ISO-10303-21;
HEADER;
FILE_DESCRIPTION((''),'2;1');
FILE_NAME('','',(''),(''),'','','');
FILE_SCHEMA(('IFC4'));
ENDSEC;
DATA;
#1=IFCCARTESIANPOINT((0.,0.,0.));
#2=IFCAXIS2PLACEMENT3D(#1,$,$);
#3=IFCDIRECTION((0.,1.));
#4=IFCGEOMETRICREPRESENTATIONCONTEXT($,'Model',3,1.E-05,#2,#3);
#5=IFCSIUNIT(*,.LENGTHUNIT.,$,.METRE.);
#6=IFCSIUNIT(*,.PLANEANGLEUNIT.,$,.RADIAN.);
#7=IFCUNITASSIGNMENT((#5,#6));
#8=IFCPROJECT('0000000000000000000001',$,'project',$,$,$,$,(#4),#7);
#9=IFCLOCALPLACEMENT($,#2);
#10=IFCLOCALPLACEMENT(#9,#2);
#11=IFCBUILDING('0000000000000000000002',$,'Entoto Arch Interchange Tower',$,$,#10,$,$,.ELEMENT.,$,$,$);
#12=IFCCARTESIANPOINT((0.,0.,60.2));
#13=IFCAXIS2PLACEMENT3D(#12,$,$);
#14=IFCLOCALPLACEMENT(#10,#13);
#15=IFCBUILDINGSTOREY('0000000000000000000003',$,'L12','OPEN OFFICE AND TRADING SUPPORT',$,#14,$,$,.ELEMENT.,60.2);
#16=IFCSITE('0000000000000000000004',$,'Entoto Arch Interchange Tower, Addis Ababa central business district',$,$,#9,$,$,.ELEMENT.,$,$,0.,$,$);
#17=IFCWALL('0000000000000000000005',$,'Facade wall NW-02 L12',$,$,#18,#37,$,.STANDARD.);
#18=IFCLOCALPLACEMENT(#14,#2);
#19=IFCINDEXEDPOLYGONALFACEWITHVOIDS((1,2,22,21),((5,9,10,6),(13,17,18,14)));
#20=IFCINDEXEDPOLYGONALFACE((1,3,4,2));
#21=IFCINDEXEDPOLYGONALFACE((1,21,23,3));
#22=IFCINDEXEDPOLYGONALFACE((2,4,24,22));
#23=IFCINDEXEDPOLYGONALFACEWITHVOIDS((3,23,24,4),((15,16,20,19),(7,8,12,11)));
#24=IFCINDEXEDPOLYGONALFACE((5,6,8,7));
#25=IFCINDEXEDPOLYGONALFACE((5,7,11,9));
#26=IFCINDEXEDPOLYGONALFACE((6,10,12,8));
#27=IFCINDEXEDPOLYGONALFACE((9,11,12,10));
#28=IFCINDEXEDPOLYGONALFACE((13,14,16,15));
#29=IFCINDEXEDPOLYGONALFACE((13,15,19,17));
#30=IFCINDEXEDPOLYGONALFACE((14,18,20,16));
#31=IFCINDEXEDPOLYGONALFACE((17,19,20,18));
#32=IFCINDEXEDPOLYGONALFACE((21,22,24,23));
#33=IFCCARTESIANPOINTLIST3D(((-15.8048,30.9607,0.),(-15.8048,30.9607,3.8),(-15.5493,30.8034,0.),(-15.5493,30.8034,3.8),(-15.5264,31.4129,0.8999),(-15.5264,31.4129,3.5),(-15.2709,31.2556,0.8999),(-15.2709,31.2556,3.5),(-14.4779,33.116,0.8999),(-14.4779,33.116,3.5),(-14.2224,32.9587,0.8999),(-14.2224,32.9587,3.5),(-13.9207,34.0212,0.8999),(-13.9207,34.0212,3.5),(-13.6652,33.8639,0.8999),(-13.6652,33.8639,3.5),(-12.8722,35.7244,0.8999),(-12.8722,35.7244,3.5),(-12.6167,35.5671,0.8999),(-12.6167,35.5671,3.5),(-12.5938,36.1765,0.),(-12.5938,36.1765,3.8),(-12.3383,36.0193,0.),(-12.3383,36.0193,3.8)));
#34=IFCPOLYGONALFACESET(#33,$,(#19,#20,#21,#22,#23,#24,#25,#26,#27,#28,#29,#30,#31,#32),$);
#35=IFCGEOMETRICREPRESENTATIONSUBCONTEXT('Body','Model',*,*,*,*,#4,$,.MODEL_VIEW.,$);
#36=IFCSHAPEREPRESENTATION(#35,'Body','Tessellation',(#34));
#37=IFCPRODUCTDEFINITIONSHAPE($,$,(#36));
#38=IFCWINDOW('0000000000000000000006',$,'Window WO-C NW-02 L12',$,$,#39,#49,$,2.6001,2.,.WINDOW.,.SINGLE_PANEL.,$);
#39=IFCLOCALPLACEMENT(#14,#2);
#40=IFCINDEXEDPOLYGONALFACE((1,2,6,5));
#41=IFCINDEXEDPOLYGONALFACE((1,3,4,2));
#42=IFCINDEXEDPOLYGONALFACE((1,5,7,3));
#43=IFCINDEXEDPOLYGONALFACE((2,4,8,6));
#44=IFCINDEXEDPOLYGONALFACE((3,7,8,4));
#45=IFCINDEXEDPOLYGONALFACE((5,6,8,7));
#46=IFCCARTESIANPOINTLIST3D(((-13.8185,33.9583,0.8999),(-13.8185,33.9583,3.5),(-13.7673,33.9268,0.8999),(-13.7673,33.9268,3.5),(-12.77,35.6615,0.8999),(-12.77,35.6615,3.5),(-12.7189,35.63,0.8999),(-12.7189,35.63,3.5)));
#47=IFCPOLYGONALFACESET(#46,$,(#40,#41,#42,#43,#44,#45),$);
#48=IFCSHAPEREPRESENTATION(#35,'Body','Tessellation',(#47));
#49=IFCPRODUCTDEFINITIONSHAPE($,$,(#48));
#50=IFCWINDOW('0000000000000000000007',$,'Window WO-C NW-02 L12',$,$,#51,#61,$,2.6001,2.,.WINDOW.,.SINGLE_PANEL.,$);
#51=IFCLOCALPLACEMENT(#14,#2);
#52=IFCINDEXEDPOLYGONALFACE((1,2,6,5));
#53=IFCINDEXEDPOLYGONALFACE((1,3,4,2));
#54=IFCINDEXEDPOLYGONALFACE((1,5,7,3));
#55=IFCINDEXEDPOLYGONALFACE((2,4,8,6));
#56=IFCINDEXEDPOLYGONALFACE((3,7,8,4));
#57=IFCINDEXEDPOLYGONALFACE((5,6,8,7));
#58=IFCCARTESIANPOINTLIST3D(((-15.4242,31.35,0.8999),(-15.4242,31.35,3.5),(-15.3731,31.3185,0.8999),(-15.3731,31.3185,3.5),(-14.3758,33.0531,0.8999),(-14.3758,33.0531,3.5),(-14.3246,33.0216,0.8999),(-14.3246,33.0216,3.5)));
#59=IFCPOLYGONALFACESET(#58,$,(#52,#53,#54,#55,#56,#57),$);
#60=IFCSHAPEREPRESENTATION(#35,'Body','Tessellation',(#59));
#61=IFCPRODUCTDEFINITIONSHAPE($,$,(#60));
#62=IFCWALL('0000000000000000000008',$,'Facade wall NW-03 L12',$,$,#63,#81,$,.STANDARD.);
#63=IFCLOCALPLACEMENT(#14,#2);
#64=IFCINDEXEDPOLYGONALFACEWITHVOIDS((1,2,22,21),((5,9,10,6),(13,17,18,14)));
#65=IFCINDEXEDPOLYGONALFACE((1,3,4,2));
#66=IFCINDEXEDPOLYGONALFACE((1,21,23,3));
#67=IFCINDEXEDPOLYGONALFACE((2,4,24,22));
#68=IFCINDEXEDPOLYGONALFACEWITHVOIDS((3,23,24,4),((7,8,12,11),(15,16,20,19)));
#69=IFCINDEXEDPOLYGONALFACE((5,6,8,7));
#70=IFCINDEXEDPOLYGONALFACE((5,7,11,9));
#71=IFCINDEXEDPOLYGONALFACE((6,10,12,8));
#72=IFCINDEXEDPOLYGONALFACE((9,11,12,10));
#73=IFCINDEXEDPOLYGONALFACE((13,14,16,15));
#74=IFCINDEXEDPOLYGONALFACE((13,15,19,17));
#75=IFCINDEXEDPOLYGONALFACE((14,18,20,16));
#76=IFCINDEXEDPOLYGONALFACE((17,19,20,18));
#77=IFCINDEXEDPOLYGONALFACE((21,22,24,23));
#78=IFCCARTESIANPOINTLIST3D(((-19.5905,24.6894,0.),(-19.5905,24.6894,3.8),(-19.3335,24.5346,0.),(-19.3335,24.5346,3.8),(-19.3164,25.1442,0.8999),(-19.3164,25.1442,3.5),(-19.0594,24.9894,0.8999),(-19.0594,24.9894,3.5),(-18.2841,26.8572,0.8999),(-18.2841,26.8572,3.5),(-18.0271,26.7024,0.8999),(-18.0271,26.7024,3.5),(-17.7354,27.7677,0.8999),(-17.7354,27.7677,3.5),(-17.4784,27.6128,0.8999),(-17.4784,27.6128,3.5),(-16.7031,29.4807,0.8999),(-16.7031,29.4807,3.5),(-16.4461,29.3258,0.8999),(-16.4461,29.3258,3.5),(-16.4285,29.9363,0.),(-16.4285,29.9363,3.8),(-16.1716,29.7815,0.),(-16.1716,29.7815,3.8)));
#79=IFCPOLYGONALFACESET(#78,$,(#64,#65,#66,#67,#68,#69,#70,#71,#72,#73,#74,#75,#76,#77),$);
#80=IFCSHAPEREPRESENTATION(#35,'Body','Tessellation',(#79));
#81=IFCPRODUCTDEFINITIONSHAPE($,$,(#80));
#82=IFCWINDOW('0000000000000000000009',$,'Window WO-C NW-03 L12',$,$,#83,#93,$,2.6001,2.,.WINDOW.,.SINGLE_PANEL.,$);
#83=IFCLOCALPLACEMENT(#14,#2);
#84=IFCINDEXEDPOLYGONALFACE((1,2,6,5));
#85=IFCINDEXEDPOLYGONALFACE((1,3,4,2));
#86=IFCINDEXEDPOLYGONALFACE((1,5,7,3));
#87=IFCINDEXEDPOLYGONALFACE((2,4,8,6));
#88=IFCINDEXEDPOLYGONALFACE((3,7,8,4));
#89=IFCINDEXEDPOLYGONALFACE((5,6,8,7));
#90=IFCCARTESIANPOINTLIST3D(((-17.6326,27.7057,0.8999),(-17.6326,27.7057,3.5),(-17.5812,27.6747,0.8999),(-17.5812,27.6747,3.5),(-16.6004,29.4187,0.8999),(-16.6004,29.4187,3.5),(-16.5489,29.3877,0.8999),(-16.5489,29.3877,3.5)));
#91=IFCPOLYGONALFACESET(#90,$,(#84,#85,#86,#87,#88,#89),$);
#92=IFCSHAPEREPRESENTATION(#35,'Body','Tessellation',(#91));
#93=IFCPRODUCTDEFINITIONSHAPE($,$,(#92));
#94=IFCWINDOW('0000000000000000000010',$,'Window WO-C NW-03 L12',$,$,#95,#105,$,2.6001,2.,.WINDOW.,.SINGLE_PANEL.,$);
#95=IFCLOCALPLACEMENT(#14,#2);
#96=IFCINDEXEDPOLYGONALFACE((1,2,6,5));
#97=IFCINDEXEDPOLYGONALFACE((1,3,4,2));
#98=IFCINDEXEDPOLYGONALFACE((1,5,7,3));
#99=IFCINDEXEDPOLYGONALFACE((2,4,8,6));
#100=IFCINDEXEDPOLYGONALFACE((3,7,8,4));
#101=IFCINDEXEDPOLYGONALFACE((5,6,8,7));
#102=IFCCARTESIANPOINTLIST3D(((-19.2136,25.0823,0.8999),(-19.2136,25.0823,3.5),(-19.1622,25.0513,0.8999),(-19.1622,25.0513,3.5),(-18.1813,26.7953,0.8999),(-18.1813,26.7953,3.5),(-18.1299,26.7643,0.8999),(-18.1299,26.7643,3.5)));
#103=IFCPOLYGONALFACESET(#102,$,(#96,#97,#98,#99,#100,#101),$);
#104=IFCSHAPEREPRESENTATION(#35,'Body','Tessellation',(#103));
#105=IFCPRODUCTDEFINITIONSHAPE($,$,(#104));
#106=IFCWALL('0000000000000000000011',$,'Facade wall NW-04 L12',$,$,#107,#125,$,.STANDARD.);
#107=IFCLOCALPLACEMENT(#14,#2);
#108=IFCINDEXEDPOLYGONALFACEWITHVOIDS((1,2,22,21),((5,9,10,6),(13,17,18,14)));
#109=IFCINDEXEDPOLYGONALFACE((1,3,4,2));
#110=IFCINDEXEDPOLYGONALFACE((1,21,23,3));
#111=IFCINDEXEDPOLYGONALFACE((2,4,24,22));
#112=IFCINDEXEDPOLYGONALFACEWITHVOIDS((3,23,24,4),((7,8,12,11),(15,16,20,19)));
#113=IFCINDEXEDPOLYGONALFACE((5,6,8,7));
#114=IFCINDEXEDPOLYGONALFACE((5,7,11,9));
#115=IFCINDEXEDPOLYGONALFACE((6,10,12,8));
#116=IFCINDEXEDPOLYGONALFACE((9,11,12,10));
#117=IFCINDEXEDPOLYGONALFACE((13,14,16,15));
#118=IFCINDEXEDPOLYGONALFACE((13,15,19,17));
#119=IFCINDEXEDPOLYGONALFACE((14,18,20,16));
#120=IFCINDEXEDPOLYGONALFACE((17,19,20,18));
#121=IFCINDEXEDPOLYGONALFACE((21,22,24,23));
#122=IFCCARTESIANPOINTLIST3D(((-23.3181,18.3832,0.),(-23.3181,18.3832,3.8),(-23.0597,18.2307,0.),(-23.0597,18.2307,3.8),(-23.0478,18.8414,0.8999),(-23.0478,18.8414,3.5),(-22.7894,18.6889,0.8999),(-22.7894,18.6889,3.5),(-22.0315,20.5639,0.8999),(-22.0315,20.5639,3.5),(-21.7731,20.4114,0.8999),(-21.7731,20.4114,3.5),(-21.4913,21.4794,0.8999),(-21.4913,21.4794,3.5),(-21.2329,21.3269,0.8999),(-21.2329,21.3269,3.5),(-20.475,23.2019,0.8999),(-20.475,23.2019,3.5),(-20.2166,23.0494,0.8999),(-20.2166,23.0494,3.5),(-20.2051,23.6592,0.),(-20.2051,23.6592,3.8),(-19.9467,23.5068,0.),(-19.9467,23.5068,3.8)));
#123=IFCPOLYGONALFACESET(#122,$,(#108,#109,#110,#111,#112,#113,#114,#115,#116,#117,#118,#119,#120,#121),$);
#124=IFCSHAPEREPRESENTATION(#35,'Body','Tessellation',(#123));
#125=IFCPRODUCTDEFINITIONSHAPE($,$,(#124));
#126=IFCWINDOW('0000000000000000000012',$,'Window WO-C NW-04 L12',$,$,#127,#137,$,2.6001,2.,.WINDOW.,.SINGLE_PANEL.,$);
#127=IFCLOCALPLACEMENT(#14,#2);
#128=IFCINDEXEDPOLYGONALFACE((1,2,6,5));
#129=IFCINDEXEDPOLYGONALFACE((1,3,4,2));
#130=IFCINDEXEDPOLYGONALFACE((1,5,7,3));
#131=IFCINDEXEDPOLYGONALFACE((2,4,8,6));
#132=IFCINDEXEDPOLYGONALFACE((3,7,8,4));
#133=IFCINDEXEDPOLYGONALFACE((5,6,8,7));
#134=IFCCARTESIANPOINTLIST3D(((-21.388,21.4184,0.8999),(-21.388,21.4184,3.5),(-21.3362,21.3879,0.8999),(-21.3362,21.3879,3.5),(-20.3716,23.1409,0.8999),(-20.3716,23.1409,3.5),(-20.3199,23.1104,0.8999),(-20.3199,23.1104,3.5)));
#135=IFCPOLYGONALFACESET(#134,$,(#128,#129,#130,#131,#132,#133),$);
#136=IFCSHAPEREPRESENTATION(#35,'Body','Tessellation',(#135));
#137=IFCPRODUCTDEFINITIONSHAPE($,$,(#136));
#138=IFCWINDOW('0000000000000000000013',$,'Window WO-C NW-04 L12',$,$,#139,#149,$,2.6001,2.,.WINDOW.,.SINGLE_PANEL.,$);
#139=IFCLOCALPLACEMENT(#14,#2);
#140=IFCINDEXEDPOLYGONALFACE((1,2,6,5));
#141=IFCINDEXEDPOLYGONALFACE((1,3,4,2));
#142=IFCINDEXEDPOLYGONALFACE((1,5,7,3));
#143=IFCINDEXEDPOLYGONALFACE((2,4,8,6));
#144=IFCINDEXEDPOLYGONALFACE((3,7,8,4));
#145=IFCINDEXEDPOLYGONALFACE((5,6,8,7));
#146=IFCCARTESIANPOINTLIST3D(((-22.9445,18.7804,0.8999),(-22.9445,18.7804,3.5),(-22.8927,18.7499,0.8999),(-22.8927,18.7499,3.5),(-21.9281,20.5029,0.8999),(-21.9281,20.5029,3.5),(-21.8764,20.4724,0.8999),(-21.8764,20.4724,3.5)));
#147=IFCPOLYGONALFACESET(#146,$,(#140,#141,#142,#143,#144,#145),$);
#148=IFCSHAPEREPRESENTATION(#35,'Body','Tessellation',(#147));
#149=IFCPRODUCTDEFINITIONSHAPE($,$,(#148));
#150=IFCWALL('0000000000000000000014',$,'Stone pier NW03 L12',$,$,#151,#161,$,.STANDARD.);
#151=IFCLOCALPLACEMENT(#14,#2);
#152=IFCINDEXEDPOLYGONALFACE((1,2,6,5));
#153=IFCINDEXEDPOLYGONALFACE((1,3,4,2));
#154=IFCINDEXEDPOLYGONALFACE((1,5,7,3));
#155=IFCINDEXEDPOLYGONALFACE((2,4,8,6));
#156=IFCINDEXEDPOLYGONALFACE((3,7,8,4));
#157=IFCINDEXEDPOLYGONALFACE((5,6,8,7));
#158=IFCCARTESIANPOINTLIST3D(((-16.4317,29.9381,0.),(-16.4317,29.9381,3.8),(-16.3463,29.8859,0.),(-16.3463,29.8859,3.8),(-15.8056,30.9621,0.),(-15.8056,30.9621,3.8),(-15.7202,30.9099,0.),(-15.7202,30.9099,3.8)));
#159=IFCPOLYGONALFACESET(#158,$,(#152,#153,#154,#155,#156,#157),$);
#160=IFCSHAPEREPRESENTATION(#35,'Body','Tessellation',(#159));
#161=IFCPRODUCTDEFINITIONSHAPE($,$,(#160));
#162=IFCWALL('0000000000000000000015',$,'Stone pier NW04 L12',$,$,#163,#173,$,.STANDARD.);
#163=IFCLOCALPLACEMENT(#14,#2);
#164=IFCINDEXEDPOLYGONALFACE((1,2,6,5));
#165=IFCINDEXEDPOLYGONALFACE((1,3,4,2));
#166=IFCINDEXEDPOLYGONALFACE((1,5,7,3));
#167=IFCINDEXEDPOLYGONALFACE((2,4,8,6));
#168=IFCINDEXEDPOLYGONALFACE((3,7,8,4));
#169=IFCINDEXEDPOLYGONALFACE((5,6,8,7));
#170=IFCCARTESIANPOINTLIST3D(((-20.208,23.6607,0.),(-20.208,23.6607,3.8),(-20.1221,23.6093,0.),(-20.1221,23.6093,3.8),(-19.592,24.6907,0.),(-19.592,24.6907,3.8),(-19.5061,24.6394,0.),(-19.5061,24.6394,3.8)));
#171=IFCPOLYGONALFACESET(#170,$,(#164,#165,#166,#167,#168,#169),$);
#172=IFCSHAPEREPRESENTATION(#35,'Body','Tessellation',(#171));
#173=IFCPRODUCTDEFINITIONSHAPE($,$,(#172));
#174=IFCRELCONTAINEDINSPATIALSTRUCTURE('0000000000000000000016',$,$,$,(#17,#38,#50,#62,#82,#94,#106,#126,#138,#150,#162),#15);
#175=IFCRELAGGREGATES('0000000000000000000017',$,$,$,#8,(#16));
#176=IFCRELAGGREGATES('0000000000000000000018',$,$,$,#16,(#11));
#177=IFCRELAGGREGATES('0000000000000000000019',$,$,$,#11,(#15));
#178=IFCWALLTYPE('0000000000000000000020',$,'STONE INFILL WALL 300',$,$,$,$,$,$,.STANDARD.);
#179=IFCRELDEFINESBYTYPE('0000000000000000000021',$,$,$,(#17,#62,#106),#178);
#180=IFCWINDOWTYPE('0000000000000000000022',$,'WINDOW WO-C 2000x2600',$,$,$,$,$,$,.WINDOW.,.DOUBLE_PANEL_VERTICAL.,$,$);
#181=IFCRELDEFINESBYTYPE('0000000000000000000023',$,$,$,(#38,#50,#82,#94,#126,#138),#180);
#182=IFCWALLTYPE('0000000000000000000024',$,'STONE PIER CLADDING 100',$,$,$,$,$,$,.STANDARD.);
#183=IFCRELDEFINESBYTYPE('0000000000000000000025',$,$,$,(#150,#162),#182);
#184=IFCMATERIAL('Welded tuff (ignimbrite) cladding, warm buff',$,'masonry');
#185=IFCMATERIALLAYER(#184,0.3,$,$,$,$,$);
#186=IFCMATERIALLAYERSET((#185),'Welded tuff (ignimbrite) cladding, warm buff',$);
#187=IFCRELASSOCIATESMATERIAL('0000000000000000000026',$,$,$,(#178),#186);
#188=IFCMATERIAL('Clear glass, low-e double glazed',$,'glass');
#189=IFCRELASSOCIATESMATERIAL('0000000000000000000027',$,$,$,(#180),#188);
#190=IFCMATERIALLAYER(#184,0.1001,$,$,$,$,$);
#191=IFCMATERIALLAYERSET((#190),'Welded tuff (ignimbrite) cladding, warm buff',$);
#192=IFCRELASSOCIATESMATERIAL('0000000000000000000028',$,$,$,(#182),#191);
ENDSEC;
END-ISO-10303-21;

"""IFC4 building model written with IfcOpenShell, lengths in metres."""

from ifc_helpers import new_model, si_unit, direction, frame, frame_2d, origin, place, context, subcontext, project, spatial, rectangle, extrude, material, layer, layer_set, type_object, element, fill, save


model = new_model("IFC4")

# Units and contexts
model_context = context("Model", 3, precision=1e-05, world=origin(), true_north=direction((0.0, 1.0)))
body_context = subcontext(model_context, "Body", "Model", "MODEL_VIEW")
ifc_project = project(units=[si_unit("LENGTHUNIT", "METRE"), si_unit("PLANEANGLEUNIT", "RADIAN")], contexts=[model_context])

# Site, building, storey
site_placement = place(None, origin())
site = spatial("IfcSite", under=ifc_project, at=site_placement, Name="Entoto Arch Interchange Tower, Addis Ababa central business district", CompositionType="ELEMENT", RefElevation=0.0)
building_placement = place(site_placement, origin())
building = spatial("IfcBuilding", under=site, at=building_placement, Name="Entoto Arch Interchange Tower", CompositionType="ELEMENT")
storey_placement = place(building_placement, frame((0.0, 0.0, 60.2)))
storey = spatial("IfcBuildingStorey", under=building, at=storey_placement, Name="L12", Description="OPEN OFFICE AND TRADING SUPPORT", CompositionType="ELEMENT", Elevation=60.2)

# Walls, openings, windows
ifc_material_1 = material(Name="Welded tuff (ignimbrite) cladding, warm buff", Category="masonry")
ifc_layer_1 = layer(ifc_material_1, 0.3)
ifc_layer_set_1 = layer_set([ifc_layer_1], Name="Welded tuff (ignimbrite) cladding, warm buff")
wall_type_1 = type_object("IfcWallType", Name="STONE INFILL WALL 300", PredefinedType="STANDARD", material=ifc_layer_set_1)
wall_1_placement = place(storey_placement, frame((-12.4661, 36.0979, 0.0), z_axis=(0.0, 0.0, 1.0), x_axis=(-0.52424, -0.851571, 0.0)))
wall_1 = element("IfcWall", 1, at=wall_1_placement, inside=storey, type_object=wall_type_1, Name="Facade wall NW-02 L12", PredefinedType="STANDARD", context=body_context, shape_type="SweptSolid", body=[
    extrude(rectangle(XDim=6.125, YDim=0.3, at=frame_2d((3.0625, 0.0))), origin(), (0.0, 0.0, 1.0), 3.8),
])
opening_1_placement = place(wall_1_placement, frame((0.531, 0.0, 0.8999)))
opening_1 = element("IfcOpeningElement", 2, at=opening_1_placement, cuts=wall_1, PredefinedType="OPENING", context=body_context, shape_type="SweptSolid", body=[
    extrude(rectangle(XDim=2.0, YDim=2.6001, at=frame_2d((1.0, 1.3))), frame((0.0, 0.1602, 0.0), z_axis=(0.0, -1.0, 0.0), x_axis=(1.0, 0.0, 0.0)), (0.0, 0.0, 1.0), 0.3201),
])
opening_2_placement = place(wall_1_placement, frame((3.594, 0.0, 0.8999)))
opening_2 = element("IfcOpeningElement", 3, at=opening_2_placement, cuts=wall_1, PredefinedType="OPENING", context=body_context, shape_type="SweptSolid", body=[
    extrude(rectangle(XDim=2.0, YDim=2.6001, at=frame_2d((1.0, 1.3))), frame((0.0, 0.1602, 0.0), z_axis=(0.0, -1.0, 0.0), x_axis=(1.0, 0.0, 0.0)), (0.0, 0.0, 1.0), 0.3201),
])
ifc_material_2 = material(Name="Clear glass, low-e double glazed", Category="glass")
window_type = type_object("IfcWindowType", Name="WINDOW WO-C 2000x2600", PartitioningType="DOUBLE_PANEL_VERTICAL", PredefinedType="WINDOW", material=ifc_material_2)
window_1_placement = place(opening_1_placement, origin())
window_1 = element("IfcWindow", 4, at=window_1_placement, inside=storey, type_object=window_type, Name="Window WO-C NW-02 L12", OverallHeight=2.6001, OverallWidth=2.0, PartitioningType="SINGLE_PANEL", PredefinedType="WINDOW", context=body_context, shape_type="SweptSolid", body=[
    extrude(rectangle(XDim=2.0, YDim=2.6001, at=frame_2d((1.0, 1.3))), frame((0.0, 0.03, 0.0), z_axis=(0.0, -1.0, 0.0), x_axis=(1.0, 0.0, 0.0)), (0.0, 0.0, 1.0), 0.0601),
])
fill(opening_1, window_1)
window_2_placement = place(opening_2_placement, origin())
window_2 = element("IfcWindow", 5, at=window_2_placement, inside=storey, type_object=window_type, Name="Window WO-C NW-02 L12", OverallHeight=2.6001, OverallWidth=2.0, PartitioningType="SINGLE_PANEL", PredefinedType="WINDOW", context=body_context, shape_type="SweptSolid", body=[
    extrude(rectangle(XDim=2.0, YDim=2.6001, at=frame_2d((1.0, 1.3))), frame((0.0, 0.03, 0.0), z_axis=(0.0, -1.0, 0.0), x_axis=(1.0, 0.0, 0.0)), (0.0, 0.0, 1.0), 0.0601),
])
fill(opening_2, window_2)
wall_2_placement = place(storey_placement, frame((-16.3, 29.8589, 0.0), z_axis=(0.0, 0.0, 1.0), x_axis=(-0.516148, -0.8565, 0.0)))
wall_2 = element("IfcWall", 6, at=wall_2_placement, inside=storey, type_object=wall_type_1, Name="Facade wall NW-03 L12", PredefinedType="STANDARD", context=body_context, shape_type="SweptSolid", body=[
    extrude(rectangle(XDim=6.126, YDim=0.3, at=frame_2d((3.063, 0.0))), origin(), (0.0, 0.0, 1.0), 3.8),
])
opening_3_placement = place(wall_2_placement, frame((0.532, 0.0, 0.8999)))
opening_3 = element("IfcOpeningElement", 7, at=opening_3_placement, cuts=wall_2, PredefinedType="OPENING", context=body_context, shape_type="SweptSolid", body=[
    extrude(rectangle(XDim=2.0, YDim=2.6001, at=frame_2d((1.0, 1.3))), frame((0.0, 0.1602, 0.0), z_axis=(0.0, -1.0, 0.0), x_axis=(1.0, 0.0, 0.0)), (0.0, 0.0, 1.0), 0.3201),
])
opening_4_placement = place(wall_2_placement, frame((3.595, 0.0, 0.8999)))
opening_4 = element("IfcOpeningElement", 8, at=opening_4_placement, cuts=wall_2, PredefinedType="OPENING", context=body_context, shape_type="SweptSolid", body=[
    extrude(rectangle(XDim=2.0, YDim=2.6001, at=frame_2d((1.0, 1.3))), frame((0.0, 0.1602, 0.0), z_axis=(0.0, -1.0, 0.0), x_axis=(1.0, 0.0, 0.0)), (0.0, 0.0, 1.0), 0.3201),
])
window_3_placement = place(opening_3_placement, origin())
window_3 = element("IfcWindow", 9, at=window_3_placement, inside=storey, type_object=window_type, Name="Window WO-C NW-03 L12", OverallHeight=2.6001, OverallWidth=2.0, PartitioningType="SINGLE_PANEL", PredefinedType="WINDOW", context=body_context, shape_type="SweptSolid", body=[
    extrude(rectangle(XDim=2.0, YDim=2.6001, at=frame_2d((1.0, 1.3))), frame((0.0, 0.03, 0.0), z_axis=(0.0, -1.0, 0.0), x_axis=(1.0, 0.0, 0.0)), (0.0, 0.0, 1.0), 0.0601),
])
fill(opening_3, window_3)
window_4_placement = place(opening_4_placement, origin())
window_4 = element("IfcWindow", 10, at=window_4_placement, inside=storey, type_object=window_type, Name="Window WO-C NW-03 L12", OverallHeight=2.6001, OverallWidth=2.0, PartitioningType="SINGLE_PANEL", PredefinedType="WINDOW", context=body_context, shape_type="SweptSolid", body=[
    extrude(rectangle(XDim=2.0, YDim=2.6001, at=frame_2d((1.0, 1.3))), frame((0.0, 0.03, 0.0), z_axis=(0.0, -1.0, 0.0), x_axis=(1.0, 0.0, 0.0)), (0.0, 0.0, 1.0), 0.0601),
])
fill(opening_4, window_4)
wall_3_placement = place(storey_placement, frame((-20.0759, 23.583, 0.0), z_axis=(0.0, 0.0, 1.0), x_axis=(-0.508164, -0.86126, 0.0)))
wall_3 = element("IfcWall", 11, at=wall_3_placement, inside=storey, type_object=wall_type_1, Name="Facade wall NW-04 L12", PredefinedType="STANDARD", context=body_context, shape_type="SweptSolid", body=[
    extrude(rectangle(XDim=6.126, YDim=0.3, at=frame_2d((3.063, 0.0))), origin(), (0.0, 0.0, 1.0), 3.8),
])
opening_5_placement = place(wall_3_placement, frame((0.531, 0.0, 0.8999)))
opening_5 = element("IfcOpeningElement", 12, at=opening_5_placement, cuts=wall_3, PredefinedType="OPENING", context=body_context, shape_type="SweptSolid", body=[
    extrude(rectangle(XDim=2.0, YDim=2.6001, at=frame_2d((1.0, 1.3))), frame((0.0, 0.1602, 0.0), z_axis=(0.0, -1.0, 0.0), x_axis=(1.0, 0.0, 0.0)), (0.0, 0.0, 1.0), 0.3201),
])
opening_6_placement = place(wall_3_placement, frame((3.594, 0.0, 0.8999)))
opening_6 = element("IfcOpeningElement", 13, at=opening_6_placement, cuts=wall_3, PredefinedType="OPENING", context=body_context, shape_type="SweptSolid", body=[
    extrude(rectangle(XDim=2.0, YDim=2.6001, at=frame_2d((1.0, 1.3))), frame((0.0, 0.1602, 0.0), z_axis=(0.0, -1.0, 0.0), x_axis=(1.0, 0.0, 0.0)), (0.0, 0.0, 1.0), 0.3201),
])
window_5_placement = place(opening_5_placement, origin())
window_5 = element("IfcWindow", 14, at=window_5_placement, inside=storey, type_object=window_type, Name="Window WO-C NW-04 L12", OverallHeight=2.6001, OverallWidth=2.0, PartitioningType="SINGLE_PANEL", PredefinedType="WINDOW", context=body_context, shape_type="SweptSolid", body=[
    extrude(rectangle(XDim=2.0, YDim=2.6001, at=frame_2d((1.0, 1.3))), frame((0.0, 0.03, 0.0), z_axis=(0.0, -1.0, 0.0), x_axis=(1.0, 0.0, 0.0)), (0.0, 0.0, 1.0), 0.0601),
])
fill(opening_5, window_5)
window_6_placement = place(opening_6_placement, origin())
window_6 = element("IfcWindow", 15, at=window_6_placement, inside=storey, type_object=window_type, Name="Window WO-C NW-04 L12", OverallHeight=2.6001, OverallWidth=2.0, PartitioningType="SINGLE_PANEL", PredefinedType="WINDOW", context=body_context, shape_type="SweptSolid", body=[
    extrude(rectangle(XDim=2.0, YDim=2.6001, at=frame_2d((1.0, 1.3))), frame((0.0, 0.03, 0.0), z_axis=(0.0, -1.0, 0.0), x_axis=(1.0, 0.0, 0.0)), (0.0, 0.0, 1.0), 0.0601),
])
fill(opening_6, window_6)

# Walls
ifc_layer_2 = layer(ifc_material_1, 0.1001)
ifc_layer_set_2 = layer_set([ifc_layer_2], Name="Welded tuff (ignimbrite) cladding, warm buff")
wall_type_2 = type_object("IfcWallType", Name="STONE PIER CLADDING 100", PredefinedType="STANDARD", material=ifc_layer_set_2)
for number, where, z_axis, x_axis, name in (
    (16, (-15.7629, 30.936, 0.0), (0.0, 0.0, 1.0), (-0.521598, -0.853191, 0.0), "Stone pier NW03 L12"),
    (17, (-19.5491, 24.665, 0.0), (0.0, 0.0, 1.0), (-0.513239, -0.858246, 0.0), "Stone pier NW04 L12"),
):
    element("IfcWall", number, at=place(storey_placement, frame(where, z_axis=z_axis, x_axis=x_axis)), inside=storey, type_object=wall_type_2, Name=name, PredefinedType="STANDARD", context=body_context, shape_type="SweptSolid", body=[
        extrude(rectangle(XDim=1.2002, YDim=0.1001, at=frame_2d((0.6001, 0.0))), origin(), (0.0, 0.0, 1.0), 3.8),
    ])

save(model, "model.ifc")
